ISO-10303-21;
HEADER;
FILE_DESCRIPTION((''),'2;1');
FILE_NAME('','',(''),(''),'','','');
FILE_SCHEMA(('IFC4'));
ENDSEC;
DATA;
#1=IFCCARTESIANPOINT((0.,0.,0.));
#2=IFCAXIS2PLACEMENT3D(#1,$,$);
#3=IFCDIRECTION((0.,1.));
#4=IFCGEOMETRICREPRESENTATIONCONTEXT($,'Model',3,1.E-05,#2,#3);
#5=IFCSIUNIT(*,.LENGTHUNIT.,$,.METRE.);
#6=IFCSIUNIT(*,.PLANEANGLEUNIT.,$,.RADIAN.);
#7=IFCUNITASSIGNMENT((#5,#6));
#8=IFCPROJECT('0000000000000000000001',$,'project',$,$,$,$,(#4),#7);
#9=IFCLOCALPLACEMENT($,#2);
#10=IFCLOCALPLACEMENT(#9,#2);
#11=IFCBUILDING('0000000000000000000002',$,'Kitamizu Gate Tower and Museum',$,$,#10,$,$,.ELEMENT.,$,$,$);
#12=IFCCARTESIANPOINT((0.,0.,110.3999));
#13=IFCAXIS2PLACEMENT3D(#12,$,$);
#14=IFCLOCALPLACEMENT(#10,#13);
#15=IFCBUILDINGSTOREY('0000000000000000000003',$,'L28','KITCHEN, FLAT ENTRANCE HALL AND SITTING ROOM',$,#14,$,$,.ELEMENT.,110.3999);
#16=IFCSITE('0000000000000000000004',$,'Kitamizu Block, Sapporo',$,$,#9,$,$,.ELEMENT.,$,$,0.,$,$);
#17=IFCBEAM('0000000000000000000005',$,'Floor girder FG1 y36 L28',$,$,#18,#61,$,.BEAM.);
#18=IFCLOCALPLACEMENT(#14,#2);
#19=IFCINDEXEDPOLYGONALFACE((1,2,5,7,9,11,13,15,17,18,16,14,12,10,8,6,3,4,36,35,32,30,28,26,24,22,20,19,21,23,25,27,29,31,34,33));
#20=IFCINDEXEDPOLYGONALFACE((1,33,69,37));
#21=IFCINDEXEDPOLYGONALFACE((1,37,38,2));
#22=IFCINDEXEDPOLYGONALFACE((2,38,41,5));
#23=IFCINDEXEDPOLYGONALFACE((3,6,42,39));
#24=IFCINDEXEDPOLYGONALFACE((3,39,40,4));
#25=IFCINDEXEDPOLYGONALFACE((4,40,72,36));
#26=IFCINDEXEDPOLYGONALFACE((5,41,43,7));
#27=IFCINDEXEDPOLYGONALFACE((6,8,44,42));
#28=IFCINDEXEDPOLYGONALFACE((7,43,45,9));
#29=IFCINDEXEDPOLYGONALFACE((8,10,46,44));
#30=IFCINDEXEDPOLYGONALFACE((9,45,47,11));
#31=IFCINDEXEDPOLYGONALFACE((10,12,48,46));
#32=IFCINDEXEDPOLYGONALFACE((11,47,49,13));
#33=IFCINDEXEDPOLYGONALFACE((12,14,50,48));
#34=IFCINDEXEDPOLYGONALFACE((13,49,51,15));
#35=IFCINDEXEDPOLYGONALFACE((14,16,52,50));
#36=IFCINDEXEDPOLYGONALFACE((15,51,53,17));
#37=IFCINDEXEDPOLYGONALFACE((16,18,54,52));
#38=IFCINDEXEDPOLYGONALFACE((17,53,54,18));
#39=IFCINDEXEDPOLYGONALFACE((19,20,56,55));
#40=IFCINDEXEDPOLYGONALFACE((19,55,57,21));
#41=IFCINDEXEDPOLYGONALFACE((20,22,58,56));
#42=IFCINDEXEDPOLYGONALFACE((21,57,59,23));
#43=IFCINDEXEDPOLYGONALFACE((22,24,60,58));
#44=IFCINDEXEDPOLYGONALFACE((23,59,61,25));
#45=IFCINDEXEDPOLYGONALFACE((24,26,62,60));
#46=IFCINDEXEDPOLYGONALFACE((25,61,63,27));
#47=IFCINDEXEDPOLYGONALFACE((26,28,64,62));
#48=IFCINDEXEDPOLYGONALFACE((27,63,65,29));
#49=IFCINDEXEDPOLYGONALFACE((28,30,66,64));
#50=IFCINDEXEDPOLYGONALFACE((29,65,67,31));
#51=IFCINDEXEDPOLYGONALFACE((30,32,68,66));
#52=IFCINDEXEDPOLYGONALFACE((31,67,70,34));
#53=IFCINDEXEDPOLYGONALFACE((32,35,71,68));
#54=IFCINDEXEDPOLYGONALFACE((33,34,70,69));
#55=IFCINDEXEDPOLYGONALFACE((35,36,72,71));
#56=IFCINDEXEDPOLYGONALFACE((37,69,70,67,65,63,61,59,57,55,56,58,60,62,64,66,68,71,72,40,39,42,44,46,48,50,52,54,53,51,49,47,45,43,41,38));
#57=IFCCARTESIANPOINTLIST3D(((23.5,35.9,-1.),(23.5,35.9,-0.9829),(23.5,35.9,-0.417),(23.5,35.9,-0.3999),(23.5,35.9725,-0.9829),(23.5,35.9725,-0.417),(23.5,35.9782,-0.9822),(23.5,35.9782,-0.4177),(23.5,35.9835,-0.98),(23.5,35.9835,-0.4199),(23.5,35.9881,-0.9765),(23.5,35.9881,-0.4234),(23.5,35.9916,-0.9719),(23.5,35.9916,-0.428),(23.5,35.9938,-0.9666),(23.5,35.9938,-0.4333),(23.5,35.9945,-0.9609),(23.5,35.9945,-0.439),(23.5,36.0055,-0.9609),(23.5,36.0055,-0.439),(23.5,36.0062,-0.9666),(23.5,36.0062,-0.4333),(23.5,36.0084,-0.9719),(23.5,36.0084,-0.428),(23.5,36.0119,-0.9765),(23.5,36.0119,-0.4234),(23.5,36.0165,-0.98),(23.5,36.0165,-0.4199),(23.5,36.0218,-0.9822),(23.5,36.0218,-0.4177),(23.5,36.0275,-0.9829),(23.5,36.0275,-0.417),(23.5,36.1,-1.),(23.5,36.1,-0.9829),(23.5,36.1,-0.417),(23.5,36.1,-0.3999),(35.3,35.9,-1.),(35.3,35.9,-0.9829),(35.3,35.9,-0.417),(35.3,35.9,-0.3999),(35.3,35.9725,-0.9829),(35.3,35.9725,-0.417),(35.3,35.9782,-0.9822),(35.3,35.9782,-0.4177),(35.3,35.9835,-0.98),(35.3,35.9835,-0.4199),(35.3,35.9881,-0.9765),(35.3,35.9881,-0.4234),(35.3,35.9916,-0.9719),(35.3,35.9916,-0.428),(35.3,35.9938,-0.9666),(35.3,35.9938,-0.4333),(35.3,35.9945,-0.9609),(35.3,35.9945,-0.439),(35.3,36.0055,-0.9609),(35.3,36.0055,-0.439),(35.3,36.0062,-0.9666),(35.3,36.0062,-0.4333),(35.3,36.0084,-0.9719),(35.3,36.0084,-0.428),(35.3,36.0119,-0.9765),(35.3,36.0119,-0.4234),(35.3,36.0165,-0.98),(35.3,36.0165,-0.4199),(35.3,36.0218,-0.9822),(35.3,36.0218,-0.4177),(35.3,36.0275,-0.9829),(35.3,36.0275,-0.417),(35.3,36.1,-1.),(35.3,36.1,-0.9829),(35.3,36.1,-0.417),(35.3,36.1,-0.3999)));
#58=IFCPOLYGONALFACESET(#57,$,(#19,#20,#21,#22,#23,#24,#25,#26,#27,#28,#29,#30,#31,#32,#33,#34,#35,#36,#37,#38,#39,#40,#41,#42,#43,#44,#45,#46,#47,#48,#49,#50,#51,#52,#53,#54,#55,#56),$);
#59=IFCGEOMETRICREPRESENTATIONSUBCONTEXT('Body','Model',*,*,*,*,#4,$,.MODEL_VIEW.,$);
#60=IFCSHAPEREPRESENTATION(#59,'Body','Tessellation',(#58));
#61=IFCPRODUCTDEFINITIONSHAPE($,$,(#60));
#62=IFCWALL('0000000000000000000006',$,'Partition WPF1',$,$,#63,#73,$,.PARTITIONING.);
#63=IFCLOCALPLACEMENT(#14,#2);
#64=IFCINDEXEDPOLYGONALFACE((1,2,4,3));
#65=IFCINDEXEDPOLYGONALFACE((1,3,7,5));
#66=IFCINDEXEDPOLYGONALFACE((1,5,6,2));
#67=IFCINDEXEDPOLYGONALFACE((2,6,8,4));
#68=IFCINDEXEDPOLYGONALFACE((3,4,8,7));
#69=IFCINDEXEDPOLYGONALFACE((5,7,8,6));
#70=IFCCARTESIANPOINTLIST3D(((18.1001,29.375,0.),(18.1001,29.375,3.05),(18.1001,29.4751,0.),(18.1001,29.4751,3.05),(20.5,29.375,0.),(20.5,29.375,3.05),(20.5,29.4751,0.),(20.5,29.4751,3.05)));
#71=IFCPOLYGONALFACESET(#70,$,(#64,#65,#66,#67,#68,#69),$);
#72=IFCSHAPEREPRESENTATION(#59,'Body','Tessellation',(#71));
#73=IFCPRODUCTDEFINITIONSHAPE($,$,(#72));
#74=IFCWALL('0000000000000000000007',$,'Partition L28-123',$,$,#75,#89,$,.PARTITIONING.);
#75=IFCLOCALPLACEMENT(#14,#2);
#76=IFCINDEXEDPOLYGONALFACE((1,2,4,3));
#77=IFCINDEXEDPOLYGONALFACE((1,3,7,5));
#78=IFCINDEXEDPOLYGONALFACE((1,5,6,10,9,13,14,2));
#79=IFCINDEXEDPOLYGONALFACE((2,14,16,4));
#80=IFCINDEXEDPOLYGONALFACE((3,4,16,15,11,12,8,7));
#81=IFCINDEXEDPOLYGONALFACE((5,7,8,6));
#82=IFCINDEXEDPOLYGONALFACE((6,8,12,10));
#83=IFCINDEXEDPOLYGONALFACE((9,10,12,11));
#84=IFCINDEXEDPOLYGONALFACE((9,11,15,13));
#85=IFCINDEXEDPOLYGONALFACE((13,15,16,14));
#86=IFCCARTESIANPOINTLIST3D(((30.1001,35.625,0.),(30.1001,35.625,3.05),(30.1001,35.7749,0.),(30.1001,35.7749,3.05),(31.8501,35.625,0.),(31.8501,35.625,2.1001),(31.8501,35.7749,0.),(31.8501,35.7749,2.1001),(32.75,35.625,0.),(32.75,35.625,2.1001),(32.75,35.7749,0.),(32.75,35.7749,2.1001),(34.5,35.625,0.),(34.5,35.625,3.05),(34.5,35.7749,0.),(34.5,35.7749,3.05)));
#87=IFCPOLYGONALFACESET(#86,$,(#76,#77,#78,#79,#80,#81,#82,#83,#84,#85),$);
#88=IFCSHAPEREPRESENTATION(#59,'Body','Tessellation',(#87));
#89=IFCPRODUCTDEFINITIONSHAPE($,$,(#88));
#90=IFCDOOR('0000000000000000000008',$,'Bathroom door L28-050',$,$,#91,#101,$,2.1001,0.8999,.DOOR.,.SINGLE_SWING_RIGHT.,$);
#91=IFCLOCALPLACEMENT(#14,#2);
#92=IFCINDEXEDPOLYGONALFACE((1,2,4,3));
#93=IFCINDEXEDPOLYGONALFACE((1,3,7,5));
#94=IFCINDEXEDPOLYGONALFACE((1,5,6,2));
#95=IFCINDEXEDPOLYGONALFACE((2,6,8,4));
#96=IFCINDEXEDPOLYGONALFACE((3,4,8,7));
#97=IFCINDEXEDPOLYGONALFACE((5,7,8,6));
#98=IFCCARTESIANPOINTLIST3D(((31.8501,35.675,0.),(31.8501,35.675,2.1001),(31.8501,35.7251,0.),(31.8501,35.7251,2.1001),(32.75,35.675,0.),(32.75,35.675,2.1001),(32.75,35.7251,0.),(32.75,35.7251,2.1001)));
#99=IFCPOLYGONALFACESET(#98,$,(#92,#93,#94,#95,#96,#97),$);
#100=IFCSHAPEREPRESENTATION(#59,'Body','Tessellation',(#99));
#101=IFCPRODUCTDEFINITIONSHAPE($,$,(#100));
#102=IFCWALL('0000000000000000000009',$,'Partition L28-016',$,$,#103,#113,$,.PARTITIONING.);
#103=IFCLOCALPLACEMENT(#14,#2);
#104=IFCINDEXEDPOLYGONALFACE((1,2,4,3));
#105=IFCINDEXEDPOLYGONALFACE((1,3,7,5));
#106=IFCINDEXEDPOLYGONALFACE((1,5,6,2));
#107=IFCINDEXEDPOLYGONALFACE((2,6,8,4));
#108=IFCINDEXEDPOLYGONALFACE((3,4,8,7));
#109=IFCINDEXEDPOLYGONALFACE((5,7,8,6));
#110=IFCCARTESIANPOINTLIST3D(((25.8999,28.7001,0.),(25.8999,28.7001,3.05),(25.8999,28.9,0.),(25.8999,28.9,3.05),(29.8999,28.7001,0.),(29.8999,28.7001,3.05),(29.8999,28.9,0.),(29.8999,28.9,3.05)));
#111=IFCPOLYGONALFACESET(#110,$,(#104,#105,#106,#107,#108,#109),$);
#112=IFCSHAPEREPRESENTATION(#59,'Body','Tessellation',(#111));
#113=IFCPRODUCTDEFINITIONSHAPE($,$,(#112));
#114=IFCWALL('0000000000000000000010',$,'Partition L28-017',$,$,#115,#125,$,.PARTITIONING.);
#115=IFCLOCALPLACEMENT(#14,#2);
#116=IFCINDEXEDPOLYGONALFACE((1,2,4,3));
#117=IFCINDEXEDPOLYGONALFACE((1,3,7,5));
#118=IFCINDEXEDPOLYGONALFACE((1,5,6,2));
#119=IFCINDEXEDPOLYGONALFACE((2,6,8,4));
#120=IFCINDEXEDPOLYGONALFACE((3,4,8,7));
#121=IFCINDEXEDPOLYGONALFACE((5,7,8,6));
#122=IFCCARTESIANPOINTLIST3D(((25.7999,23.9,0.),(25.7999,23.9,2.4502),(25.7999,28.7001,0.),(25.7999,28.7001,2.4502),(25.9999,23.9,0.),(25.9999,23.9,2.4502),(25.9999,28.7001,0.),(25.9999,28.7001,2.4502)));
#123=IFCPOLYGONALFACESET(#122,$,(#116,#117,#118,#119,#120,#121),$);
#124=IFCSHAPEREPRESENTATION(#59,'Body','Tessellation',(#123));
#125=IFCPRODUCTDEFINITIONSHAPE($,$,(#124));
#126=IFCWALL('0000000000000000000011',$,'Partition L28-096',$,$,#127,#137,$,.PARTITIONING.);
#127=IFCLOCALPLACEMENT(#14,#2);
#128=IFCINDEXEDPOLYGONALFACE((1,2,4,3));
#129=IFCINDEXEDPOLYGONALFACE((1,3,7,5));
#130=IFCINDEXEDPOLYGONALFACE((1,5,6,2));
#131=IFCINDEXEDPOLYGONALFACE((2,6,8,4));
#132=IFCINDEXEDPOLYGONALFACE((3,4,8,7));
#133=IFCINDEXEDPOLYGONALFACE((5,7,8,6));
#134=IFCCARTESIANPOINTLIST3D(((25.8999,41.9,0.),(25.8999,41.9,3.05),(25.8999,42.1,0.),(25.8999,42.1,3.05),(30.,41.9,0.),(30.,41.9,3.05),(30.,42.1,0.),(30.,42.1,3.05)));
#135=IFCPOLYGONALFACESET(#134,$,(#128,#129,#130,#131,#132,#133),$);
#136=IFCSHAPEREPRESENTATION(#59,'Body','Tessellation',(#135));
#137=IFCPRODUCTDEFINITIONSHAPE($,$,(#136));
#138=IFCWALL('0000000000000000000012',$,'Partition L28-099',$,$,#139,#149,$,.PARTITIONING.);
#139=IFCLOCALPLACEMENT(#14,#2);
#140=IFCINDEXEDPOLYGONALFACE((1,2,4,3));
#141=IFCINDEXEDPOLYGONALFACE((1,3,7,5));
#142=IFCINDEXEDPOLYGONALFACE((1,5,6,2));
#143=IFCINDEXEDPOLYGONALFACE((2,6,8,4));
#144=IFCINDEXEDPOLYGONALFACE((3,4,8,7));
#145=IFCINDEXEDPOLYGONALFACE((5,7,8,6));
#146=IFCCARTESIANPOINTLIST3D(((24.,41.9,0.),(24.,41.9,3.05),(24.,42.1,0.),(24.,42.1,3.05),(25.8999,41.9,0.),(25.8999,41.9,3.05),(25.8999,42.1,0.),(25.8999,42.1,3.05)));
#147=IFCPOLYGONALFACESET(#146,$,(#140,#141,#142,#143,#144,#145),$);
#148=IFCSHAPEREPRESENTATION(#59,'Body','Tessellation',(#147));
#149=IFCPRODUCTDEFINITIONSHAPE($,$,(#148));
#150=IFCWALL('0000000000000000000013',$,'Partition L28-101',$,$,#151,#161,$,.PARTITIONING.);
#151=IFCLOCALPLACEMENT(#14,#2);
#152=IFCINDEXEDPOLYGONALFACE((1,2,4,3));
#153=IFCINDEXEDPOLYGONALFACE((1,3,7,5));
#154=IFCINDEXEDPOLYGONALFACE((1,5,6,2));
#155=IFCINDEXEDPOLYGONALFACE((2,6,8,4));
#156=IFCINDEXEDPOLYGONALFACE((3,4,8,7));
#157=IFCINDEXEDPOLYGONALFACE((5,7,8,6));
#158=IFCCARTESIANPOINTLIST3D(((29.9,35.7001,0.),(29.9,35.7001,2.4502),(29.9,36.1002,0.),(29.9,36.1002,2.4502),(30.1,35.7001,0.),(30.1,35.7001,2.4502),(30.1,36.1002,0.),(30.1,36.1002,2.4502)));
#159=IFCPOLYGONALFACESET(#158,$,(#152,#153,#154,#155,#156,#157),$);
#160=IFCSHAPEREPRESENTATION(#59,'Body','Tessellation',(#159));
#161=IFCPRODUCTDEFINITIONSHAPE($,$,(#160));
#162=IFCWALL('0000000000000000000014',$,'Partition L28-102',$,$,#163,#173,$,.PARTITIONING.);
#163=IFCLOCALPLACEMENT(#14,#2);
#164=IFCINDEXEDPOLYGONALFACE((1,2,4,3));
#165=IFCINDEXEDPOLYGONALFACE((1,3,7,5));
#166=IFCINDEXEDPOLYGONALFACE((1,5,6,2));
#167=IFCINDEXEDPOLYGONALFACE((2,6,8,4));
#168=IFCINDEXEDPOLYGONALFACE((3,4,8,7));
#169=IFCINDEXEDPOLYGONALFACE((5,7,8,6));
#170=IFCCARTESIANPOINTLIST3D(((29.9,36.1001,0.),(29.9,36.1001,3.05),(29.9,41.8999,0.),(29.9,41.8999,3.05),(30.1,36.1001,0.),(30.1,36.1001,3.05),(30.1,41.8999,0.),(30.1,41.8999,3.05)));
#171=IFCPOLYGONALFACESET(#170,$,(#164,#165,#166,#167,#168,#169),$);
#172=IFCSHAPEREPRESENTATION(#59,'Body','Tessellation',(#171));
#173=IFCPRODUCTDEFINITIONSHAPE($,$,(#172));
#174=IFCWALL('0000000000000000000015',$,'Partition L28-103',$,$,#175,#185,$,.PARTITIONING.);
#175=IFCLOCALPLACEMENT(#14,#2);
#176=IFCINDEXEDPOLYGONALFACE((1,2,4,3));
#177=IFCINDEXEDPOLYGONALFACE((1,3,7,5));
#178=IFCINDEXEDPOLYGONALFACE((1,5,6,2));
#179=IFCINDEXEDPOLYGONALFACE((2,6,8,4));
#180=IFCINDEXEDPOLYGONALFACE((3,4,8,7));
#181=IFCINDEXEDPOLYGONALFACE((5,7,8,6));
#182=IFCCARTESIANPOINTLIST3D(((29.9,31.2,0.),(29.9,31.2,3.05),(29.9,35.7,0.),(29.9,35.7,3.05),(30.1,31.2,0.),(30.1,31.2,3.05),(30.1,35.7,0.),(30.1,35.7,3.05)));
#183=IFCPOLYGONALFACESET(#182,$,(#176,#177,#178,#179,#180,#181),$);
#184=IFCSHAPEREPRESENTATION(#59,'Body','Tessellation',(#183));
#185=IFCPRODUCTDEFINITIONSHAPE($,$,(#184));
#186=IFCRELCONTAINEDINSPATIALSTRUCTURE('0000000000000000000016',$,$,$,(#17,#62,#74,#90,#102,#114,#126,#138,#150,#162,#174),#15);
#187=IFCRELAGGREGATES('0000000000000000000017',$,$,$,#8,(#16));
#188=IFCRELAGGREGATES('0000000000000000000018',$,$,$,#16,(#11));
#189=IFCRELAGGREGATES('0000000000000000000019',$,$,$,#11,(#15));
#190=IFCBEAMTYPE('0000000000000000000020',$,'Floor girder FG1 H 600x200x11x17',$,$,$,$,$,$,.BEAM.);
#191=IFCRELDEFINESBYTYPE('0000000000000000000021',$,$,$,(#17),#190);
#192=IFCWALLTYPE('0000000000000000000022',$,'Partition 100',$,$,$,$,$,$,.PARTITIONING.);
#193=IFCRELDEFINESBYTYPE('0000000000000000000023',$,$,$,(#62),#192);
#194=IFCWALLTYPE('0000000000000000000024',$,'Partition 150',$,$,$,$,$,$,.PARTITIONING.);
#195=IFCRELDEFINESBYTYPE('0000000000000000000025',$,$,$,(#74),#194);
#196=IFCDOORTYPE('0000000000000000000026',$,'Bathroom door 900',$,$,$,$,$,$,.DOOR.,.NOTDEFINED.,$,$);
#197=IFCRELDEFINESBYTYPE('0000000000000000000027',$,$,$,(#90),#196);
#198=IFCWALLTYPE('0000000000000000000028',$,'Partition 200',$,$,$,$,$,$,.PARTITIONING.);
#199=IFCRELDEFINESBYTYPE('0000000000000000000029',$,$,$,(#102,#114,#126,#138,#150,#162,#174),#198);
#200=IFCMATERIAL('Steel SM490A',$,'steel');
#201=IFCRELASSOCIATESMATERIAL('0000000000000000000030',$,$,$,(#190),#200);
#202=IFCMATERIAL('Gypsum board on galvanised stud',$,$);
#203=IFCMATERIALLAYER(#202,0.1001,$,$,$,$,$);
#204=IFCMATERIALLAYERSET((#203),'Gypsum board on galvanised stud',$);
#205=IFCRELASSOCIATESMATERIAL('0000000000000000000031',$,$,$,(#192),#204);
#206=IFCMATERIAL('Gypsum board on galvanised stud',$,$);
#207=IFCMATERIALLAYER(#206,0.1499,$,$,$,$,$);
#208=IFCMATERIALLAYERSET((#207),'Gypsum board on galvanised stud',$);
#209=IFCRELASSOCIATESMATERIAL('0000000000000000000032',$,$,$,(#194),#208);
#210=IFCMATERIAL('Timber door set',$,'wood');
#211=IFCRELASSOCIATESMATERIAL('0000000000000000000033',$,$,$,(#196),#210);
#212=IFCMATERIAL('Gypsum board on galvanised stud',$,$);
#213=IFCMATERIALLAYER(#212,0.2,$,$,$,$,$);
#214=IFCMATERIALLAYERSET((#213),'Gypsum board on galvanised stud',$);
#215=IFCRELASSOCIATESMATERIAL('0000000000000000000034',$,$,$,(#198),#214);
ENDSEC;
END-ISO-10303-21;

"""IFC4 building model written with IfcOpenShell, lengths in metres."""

from ifc_helpers import new_model, si_unit, direction, frame, frame_2d, origin, origin_2d, place, context, subcontext, project, spatial, rectangle, i_section, extrude, material, layer, layer_set, material_profile, profile_set, type_object, element, fill, save


model = new_model("IFC4")

# Units and contexts
model_context = context("Model", 3, precision=1e-05, world=origin(), true_north=direction((0.0, 1.0)))
body_context = subcontext(model_context, "Body", "Model", "MODEL_VIEW")
ifc_project = project(units=[si_unit("LENGTHUNIT", "METRE"), si_unit("PLANEANGLEUNIT", "RADIAN")], contexts=[model_context])

# Site, building, storey
site_placement = place(None, origin())
site = spatial("IfcSite", under=ifc_project, at=site_placement, Name="Kitamizu Block, Sapporo", CompositionType="ELEMENT", RefElevation=0.0)
building_placement = place(site_placement, origin())
building = spatial("IfcBuilding", under=site, at=building_placement, Name="Kitamizu Gate Tower and Museum", CompositionType="ELEMENT")
storey_placement = place(building_placement, frame((0.0, 0.0, 110.3999)))
storey = spatial("IfcBuildingStorey", under=building, at=storey_placement, Name="L28", Description="KITCHEN, FLAT ENTRANCE HALL AND SITTING ROOM", CompositionType="ELEMENT", Elevation=110.3999)

# Beam
ifc_material_1 = material(Name="Steel SM490A", Category="steel")
ifc_material_profile = material_profile(ifc_material_1, i_section(OverallWidth=0.2, OverallDepth=0.6001, WebThickness=0.011, FlangeThickness=0.0171, FilletRadius=0.022, at=origin_2d()), Name="H-600x200x11x17")
ifc_profile_set = profile_set([ifc_material_profile], Name="Steel SM490A")
beam_type = type_object("IfcBeamType", Name="Floor girder FG1 H 600x200x11x17", PredefinedType="BEAM", material=ifc_profile_set)
beam_placement = place(storey_placement, frame((23.5, 36.0, -0.7), z_axis=(1.0, 0.0, 0.0), x_axis=(0.0, 1.0, 0.0)))
element("IfcBeam", 1, at=beam_placement, inside=storey, type_object=beam_type, Name="Floor girder FG1 y36 L28", PredefinedType="BEAM", context=body_context, shape_type="SweptSolid", body=[
    extrude(i_section(OverallWidth=0.2, OverallDepth=0.6001, WebThickness=0.011, FlangeThickness=0.0171, FilletRadius=0.022, at=origin_2d()), origin(), (0.0, 0.0, 1.0), 11.8),
])

# Wall
ifc_material_2 = material(Name="Gypsum board on galvanised stud")
ifc_layer_1 = layer(ifc_material_2, 0.1001)
ifc_layer_set_1 = layer_set([ifc_layer_1], Name="Gypsum board on galvanised stud")
wall_type_1 = type_object("IfcWallType", Name="Partition 100", PredefinedType="PARTITIONING", material=ifc_layer_set_1)
wall_1_placement = place(storey_placement, frame((18.1001, 29.425, 0.0), z_axis=(0.0, 0.0, 1.0), x_axis=(1.0, 0.0, 0.0)))
element("IfcWall", 2, at=wall_1_placement, inside=storey, type_object=wall_type_1, Name="Partition WPF1", PredefinedType="PARTITIONING", context=body_context, shape_type="SweptSolid", body=[
    extrude(rectangle(XDim=2.3999, YDim=0.1001, at=frame_2d((1.2, 0.0))), origin(), (0.0, 0.0, 1.0), 3.05),
])

# Wall, opening, door
ifc_material_3 = material(Name="Gypsum board on galvanised stud")
ifc_layer_2 = layer(ifc_material_3, 0.1499)
ifc_layer_set_2 = layer_set([ifc_layer_2], Name="Gypsum board on galvanised stud")
wall_type_2 = type_object("IfcWallType", Name="Partition 150", PredefinedType="PARTITIONING", material=ifc_layer_set_2)
wall_2_placement = place(storey_placement, frame((30.1001, 35.7, 0.0), z_axis=(0.0, 0.0, 1.0), x_axis=(1.0, 0.0, 0.0)))
wall_2 = element("IfcWall", 3, at=wall_2_placement, inside=storey, type_object=wall_type_2, Name="Partition L28-123", PredefinedType="PARTITIONING", context=body_context, shape_type="SweptSolid", body=[
    extrude(rectangle(XDim=4.3999, YDim=0.1499, at=frame_2d((2.2, 0.0))), origin(), (0.0, 0.0, 1.0), 3.05),
])
opening_1_placement = place(wall_2_placement, frame((1.75, 0.0, 0.0)))
opening_1 = element("IfcOpeningElement", 4, at=opening_1_placement, cuts=wall_2, PredefinedType="OPENING", context=body_context, shape_type="SweptSolid", body=[
    extrude(rectangle(XDim=0.8999, YDim=2.1001, at=frame_2d((0.45, 1.05))), frame((0.0, 0.085, 0.0), z_axis=(0.0, -1.0, 0.0), x_axis=(1.0, 0.0, 0.0)), (0.0, 0.0, 1.0), 0.1699),
])
ifc_material_4 = material(Name="Timber door set", Category="wood")
door_type_1 = type_object("IfcDoorType", Name="Bathroom door 900", OperationType="NOTDEFINED", PredefinedType="DOOR", material=ifc_material_4)
door_1_placement = place(opening_1_placement, frame((0.8999, 0.0, 0.0), x_axis=(-1.0, 0.0, 0.0)))
door_1 = element("IfcDoor", 5, at=door_1_placement, inside=storey, type_object=door_type_1, Name="Bathroom door L28-050", OperationType="SINGLE_SWING_RIGHT", OverallHeight=2.1001, OverallWidth=0.8999, PredefinedType="DOOR", context=body_context, shape_type="SweptSolid", body=[
    extrude(rectangle(XDim=0.8999, YDim=2.1001, at=frame_2d((0.45, 1.05))), frame((0.0, 0.0249, 0.0), z_axis=(0.0, -1.0, 0.0), x_axis=(1.0, 0.0, 0.0)), (0.0, 0.0, 1.0), 0.05),
])
fill(opening_1, door_1)

# Walls
ifc_material_5 = material(Name="Gypsum board on galvanised stud")
ifc_layer_3 = layer(ifc_material_5, 0.2)
ifc_layer_set_3 = layer_set([ifc_layer_3], Name="Gypsum board on galvanised stud")
wall_type_3 = type_object("IfcWallType", Name="Partition 200", PredefinedType="PARTITIONING", material=ifc_layer_set_3)
wall_3_placement = place(storey_placement, frame((29.8999, 28.8, 0.0), z_axis=(0.0, 0.0, 1.0), x_axis=(-1.0, 0.0, 0.0)))
element("IfcWall", 6, at=wall_3_placement, inside=storey, type_object=wall_type_3, Name="Partition L28-016", PredefinedType="PARTITIONING", context=body_context, shape_type="SweptSolid", body=[
    extrude(rectangle(XDim=4.0, YDim=0.2, at=frame_2d((2.0, 0.0))), origin(), (0.0, 0.0, 1.0), 3.05),
])
wall_4_placement = place(storey_placement, frame((25.8999, 28.7, 0.0), z_axis=(0.0, 0.0, 1.0), x_axis=(0.0, -1.0, 0.0)))
element("IfcWall", 7, at=wall_4_placement, inside=storey, type_object=wall_type_3, Name="Partition L28-017", PredefinedType="PARTITIONING", context=body_context, shape_type="SweptSolid", body=[
    extrude(rectangle(XDim=4.8, YDim=0.2, at=frame_2d((2.3999, 0.0))), origin(), (0.0, 0.0, 1.0), 2.4502),
])
wall_5_placement = place(storey_placement, frame((25.8999, 42.0, 0.0), z_axis=(0.0, 0.0, 1.0), x_axis=(1.0, 0.0, 0.0)))
element("IfcWall", 8, at=wall_5_placement, inside=storey, type_object=wall_type_3, Name="Partition L28-096", PredefinedType="PARTITIONING", context=body_context, shape_type="SweptSolid", body=[
    extrude(rectangle(XDim=4.1001, YDim=0.2, at=frame_2d((2.05, 0.0))), origin(), (0.0, 0.0, 1.0), 3.05),
])
wall_6_placement = place(storey_placement, frame((24.0, 42.0, 0.0), z_axis=(0.0, 0.0, 1.0), x_axis=(1.0, 0.0, 0.0)))
element("IfcWall", 9, at=wall_6_placement, inside=storey, type_object=wall_type_3, Name="Partition L28-099", PredefinedType="PARTITIONING", context=body_context, shape_type="SweptSolid", body=[
    extrude(rectangle(XDim=1.8999, YDim=0.2, at=frame_2d((0.95, 0.0))), origin(), (0.0, 0.0, 1.0), 3.05),
])
wall_7_placement = place(storey_placement, frame((30.0, 35.7, 0.0), z_axis=(0.0, 0.0, 1.0), x_axis=(0.0, 1.0, 0.0)))
element("IfcWall", 10, at=wall_7_placement, inside=storey, type_object=wall_type_3, Name="Partition L28-101", PredefinedType="PARTITIONING", context=body_context, shape_type="SweptSolid", body=[
    extrude(rectangle(XDim=0.4001, YDim=0.2, at=frame_2d((0.2002, 0.0))), origin(), (0.0, 0.0, 1.0), 2.4502),
])
wall_8_placement = place(storey_placement, frame((30.0, 36.1001, 0.0), z_axis=(0.0, 0.0, 1.0), x_axis=(0.0, 1.0, 0.0)))
element("IfcWall", 11, at=wall_8_placement, inside=storey, type_object=wall_type_3, Name="Partition L28-102", PredefinedType="PARTITIONING", context=body_context, shape_type="SweptSolid", body=[
    extrude(rectangle(XDim=5.7998, YDim=0.2, at=frame_2d((2.8999, 0.0))), origin(), (0.0, 0.0, 1.0), 3.05),
])
wall_9_placement = place(storey_placement, frame((30.0, 31.2, 0.0), z_axis=(0.0, 0.0, 1.0), x_axis=(0.0, 1.0, 0.0)))
element("IfcWall", 12, at=wall_9_placement, inside=storey, type_object=wall_type_3, Name="Partition L28-103", PredefinedType="PARTITIONING", context=body_context, shape_type="SweptSolid", body=[
    extrude(rectangle(XDim=4.5, YDim=0.2, at=frame_2d((2.25, 0.0))), origin(), (0.0, 0.0, 1.0), 3.05),
])

save(model, "model.ifc")
